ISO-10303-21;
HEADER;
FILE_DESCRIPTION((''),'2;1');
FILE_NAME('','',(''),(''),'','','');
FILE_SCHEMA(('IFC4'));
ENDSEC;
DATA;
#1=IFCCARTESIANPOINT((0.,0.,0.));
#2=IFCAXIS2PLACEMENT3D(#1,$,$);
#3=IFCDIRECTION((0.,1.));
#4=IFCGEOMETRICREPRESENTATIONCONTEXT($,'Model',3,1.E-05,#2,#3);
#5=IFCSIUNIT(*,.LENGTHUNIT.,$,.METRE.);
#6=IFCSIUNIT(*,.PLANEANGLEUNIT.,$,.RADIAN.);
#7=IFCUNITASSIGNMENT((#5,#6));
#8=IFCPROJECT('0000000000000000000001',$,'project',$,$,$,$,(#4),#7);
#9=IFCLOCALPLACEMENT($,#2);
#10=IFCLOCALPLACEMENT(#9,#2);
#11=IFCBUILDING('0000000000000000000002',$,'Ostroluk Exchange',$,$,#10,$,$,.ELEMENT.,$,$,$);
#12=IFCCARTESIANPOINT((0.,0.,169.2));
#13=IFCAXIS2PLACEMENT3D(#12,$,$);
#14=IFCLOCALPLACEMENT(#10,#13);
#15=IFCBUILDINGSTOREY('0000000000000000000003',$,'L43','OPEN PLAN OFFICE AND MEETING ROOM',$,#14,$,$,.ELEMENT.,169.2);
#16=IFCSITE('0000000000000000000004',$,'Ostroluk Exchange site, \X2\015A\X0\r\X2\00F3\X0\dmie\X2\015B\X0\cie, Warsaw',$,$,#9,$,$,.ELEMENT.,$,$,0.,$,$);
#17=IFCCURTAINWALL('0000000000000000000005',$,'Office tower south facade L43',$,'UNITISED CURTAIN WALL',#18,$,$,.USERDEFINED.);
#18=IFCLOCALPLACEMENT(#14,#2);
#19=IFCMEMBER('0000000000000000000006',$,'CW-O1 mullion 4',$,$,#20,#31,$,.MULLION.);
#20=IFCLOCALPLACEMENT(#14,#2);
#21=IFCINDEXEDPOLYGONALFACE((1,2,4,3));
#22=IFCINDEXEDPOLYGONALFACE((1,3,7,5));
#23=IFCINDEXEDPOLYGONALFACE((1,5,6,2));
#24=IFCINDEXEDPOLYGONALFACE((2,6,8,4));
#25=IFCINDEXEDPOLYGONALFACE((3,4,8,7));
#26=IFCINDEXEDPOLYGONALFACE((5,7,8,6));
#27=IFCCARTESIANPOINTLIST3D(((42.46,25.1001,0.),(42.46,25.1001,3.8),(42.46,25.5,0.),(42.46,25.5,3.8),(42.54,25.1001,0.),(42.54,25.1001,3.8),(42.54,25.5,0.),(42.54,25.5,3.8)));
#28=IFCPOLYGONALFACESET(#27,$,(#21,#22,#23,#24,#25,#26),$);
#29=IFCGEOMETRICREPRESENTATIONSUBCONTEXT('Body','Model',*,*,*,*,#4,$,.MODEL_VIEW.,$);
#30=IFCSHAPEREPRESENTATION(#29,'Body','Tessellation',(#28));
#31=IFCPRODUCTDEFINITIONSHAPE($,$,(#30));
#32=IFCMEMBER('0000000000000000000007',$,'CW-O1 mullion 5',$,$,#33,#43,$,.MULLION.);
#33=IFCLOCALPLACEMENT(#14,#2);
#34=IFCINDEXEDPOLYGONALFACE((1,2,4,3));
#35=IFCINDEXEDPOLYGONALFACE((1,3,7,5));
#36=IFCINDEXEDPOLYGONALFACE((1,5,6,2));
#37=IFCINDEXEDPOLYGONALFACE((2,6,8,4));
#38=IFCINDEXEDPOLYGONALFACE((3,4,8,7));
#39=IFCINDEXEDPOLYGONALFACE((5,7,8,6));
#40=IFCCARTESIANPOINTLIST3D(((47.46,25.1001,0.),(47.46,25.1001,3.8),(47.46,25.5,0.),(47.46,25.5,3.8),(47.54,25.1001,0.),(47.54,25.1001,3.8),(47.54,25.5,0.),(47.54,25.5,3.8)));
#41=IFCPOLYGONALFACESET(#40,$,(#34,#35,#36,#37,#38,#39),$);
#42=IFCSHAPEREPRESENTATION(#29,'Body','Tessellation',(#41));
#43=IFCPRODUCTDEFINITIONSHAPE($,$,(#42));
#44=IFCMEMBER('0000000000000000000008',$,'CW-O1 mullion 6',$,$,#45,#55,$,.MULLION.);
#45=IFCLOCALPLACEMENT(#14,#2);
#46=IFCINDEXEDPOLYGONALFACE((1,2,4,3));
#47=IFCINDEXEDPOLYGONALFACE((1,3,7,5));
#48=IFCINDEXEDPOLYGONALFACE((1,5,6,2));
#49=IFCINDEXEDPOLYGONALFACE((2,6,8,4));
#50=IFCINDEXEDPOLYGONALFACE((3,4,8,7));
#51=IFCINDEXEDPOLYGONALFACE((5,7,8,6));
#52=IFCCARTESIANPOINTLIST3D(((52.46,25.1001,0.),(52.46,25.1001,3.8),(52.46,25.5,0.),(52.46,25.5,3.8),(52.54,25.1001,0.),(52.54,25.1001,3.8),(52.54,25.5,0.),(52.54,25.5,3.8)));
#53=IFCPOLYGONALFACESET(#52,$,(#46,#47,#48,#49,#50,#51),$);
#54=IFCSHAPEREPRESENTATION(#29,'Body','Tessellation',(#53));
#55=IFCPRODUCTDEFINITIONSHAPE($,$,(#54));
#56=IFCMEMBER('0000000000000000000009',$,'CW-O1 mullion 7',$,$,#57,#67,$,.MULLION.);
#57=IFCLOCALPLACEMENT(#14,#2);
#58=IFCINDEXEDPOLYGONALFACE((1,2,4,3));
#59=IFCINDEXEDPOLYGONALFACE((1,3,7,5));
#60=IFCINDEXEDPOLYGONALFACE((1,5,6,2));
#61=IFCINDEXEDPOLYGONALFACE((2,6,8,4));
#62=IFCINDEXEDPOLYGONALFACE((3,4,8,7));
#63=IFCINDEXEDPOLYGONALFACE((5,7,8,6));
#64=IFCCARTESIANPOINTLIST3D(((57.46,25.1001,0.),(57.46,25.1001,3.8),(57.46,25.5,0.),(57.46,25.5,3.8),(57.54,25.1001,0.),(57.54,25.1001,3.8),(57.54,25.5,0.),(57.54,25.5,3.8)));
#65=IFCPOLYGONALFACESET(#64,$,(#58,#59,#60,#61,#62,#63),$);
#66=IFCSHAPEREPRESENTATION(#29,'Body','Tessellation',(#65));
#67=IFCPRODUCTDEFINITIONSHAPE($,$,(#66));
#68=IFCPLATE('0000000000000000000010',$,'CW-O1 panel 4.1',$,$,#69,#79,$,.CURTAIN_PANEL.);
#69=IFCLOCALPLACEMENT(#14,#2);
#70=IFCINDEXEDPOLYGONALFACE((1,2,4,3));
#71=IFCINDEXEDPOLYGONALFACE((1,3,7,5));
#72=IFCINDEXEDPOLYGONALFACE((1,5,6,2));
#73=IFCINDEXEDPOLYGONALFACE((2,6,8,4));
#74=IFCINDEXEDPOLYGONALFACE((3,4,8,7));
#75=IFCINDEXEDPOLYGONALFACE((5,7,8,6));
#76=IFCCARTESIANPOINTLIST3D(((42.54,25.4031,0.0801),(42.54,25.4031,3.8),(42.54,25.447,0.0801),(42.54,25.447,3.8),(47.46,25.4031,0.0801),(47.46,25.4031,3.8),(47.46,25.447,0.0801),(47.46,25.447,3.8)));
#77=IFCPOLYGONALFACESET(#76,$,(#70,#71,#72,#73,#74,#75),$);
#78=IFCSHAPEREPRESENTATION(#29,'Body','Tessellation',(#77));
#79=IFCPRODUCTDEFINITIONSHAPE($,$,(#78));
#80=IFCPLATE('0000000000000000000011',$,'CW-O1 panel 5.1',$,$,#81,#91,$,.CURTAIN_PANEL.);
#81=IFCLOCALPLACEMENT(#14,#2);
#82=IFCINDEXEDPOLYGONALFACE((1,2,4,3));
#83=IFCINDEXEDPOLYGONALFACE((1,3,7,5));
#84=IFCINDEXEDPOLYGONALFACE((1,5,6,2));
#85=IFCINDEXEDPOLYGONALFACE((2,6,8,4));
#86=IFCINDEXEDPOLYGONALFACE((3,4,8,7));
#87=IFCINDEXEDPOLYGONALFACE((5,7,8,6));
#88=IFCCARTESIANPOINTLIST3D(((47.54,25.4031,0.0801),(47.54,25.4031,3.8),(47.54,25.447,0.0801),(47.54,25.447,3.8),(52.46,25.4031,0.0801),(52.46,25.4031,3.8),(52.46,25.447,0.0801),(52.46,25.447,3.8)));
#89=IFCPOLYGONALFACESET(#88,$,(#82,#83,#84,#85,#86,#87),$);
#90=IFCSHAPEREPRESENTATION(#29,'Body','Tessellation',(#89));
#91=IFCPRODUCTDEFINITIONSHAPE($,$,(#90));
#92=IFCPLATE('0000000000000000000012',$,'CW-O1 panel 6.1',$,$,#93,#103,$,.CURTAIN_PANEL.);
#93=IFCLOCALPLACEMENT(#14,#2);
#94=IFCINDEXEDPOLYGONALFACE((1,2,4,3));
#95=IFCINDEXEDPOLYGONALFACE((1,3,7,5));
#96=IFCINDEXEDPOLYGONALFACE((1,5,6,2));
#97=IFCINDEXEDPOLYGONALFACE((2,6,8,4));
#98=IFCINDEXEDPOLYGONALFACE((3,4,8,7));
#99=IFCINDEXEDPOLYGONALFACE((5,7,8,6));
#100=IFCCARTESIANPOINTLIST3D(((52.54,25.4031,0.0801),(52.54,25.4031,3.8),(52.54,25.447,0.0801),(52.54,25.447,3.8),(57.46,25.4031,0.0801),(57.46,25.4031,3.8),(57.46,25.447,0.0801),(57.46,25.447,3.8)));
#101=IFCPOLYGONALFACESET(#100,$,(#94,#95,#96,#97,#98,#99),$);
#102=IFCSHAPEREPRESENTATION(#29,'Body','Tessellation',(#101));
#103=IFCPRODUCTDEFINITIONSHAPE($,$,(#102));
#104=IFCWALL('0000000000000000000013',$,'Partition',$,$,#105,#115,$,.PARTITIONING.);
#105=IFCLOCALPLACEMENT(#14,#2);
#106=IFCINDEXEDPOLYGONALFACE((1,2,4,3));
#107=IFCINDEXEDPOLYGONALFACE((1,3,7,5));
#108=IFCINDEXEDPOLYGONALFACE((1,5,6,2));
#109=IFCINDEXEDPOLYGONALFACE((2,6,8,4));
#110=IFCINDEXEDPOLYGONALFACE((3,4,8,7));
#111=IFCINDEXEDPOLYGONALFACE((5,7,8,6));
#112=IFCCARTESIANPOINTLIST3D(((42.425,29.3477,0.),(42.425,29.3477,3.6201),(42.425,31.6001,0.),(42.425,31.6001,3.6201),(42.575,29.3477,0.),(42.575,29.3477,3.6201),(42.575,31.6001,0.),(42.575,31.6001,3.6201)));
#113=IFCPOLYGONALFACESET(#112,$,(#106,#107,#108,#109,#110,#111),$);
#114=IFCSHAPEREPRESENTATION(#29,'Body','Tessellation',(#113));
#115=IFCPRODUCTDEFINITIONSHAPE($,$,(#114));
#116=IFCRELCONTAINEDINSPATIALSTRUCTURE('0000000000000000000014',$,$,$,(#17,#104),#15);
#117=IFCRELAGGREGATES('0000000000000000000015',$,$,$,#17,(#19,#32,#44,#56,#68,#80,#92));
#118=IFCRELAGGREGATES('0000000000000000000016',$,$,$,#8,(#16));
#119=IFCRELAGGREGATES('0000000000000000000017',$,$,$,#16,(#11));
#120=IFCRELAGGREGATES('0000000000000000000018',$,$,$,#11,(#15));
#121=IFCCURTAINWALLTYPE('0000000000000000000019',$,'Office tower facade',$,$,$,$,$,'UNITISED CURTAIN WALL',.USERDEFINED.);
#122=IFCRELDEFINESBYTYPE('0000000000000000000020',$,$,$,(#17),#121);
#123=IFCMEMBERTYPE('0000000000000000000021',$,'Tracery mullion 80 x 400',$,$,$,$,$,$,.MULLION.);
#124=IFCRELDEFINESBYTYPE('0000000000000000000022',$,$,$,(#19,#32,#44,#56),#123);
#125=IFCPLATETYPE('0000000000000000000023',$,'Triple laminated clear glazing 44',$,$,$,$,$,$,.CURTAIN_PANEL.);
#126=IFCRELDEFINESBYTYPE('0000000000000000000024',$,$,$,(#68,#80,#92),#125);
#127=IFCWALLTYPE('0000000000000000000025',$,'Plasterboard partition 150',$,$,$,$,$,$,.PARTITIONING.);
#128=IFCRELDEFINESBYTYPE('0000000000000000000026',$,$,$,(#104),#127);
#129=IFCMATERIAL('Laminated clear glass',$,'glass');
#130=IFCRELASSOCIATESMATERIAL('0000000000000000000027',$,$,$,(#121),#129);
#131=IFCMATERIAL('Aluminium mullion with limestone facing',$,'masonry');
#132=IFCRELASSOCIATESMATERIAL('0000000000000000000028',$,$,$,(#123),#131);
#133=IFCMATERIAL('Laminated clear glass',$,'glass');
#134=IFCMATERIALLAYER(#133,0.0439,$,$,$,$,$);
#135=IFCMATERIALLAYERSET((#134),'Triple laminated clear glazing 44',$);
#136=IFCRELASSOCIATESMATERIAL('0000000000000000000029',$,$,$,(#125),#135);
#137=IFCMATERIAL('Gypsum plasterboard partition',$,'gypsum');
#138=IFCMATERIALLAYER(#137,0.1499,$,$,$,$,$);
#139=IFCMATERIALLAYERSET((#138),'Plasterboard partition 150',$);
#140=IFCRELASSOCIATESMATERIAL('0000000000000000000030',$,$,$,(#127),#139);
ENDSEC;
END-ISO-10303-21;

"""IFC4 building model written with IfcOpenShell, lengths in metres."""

from ifc_helpers import new_model, si_unit, direction, frame, frame_2d, origin, origin_2d, place, context, subcontext, project, spatial, rectangle, extrude, material, layer, layer_set, material_profile, profile_set, type_object, element, aggregate, save


model = new_model("IFC4")

# Units and contexts
model_context = context("Model", 3, precision=1e-05, world=origin(), true_north=direction((0.0, 1.0)))
body_context = subcontext(model_context, "Body", "Model", "MODEL_VIEW")
ifc_project = project(units=[si_unit("LENGTHUNIT", "METRE"), si_unit("PLANEANGLEUNIT", "RADIAN")], contexts=[model_context])

# Site, building, storey
site_placement = place(None, origin())
site = spatial("IfcSite", under=ifc_project, at=site_placement, Name="Ostroluk Exchange site, Śródmieście, Warsaw", CompositionType="ELEMENT", RefElevation=0.0)
building_placement = place(site_placement, origin())
building = spatial("IfcBuilding", under=site, at=building_placement, Name="Ostroluk Exchange", CompositionType="ELEMENT")
storey_placement = place(building_placement, frame((0.0, 0.0, 169.2)))
storey = spatial("IfcBuildingStorey", under=building, at=storey_placement, Name="L43", Description="OPEN PLAN OFFICE AND MEETING ROOM", CompositionType="ELEMENT", Elevation=169.2)

# Curtain wall, members, plates
ifc_material_1 = material(Name="Laminated clear glass", Category="glass")
curtain_wall_type = type_object("IfcCurtainWallType", Name="Office tower facade", ElementType="UNITISED CURTAIN WALL", PredefinedType="USERDEFINED", material=ifc_material_1)
curtain_wall_placement = place(storey_placement, origin())
curtain_wall = element("IfcCurtainWall", 1, at=curtain_wall_placement, inside=storey, type_object=curtain_wall_type, Name="Office tower south facade L43", ObjectType="UNITISED CURTAIN WALL", PredefinedType="USERDEFINED")
ifc_material_2 = material(Name="Aluminium mullion with limestone facing", Category="masonry")
ifc_material_profile_1 = material_profile(ifc_material_2, rectangle(XDim=0.3999, YDim=0.0801, at=origin_2d()), Name="Tracery mullion 80 x 400")
ifc_profile_set_1 = profile_set([ifc_material_profile_1], Name="Aluminium mullion with limestone facing")
member_type_1 = type_object("IfcMemberType", Name="Tracery mullion 80 x 400", PredefinedType="MULLION", material=ifc_profile_set_1)
member_1_placement = place(storey_placement, frame((42.5, 25.3, 0.0), z_axis=(0.0, 0.0, 1.0), x_axis=(0.0, 1.0, 0.0)))
member_1 = element("IfcMember", 2, at=member_1_placement, type_object=member_type_1, Name="CW-O1 mullion 4", PredefinedType="MULLION", context=body_context, shape_type="SweptSolid", body=[
    extrude(rectangle(XDim=0.3999, YDim=0.0801, at=origin_2d()), origin(), (0.0, 0.0, 1.0), 3.8),
])
member_2_placement = place(storey_placement, frame((47.5, 25.3, 0.0), z_axis=(0.0, 0.0, 1.0), x_axis=(0.0, 1.0, 0.0)))
member_2 = element("IfcMember", 3, at=member_2_placement, type_object=member_type_1, Name="CW-O1 mullion 5", PredefinedType="MULLION", context=body_context, shape_type="SweptSolid", body=[
    extrude(rectangle(XDim=0.3999, YDim=0.0801, at=origin_2d()), origin(), (0.0, 0.0, 1.0), 3.8),
])
member_3_placement = place(storey_placement, frame((52.5, 25.3, 0.0), z_axis=(0.0, 0.0, 1.0), x_axis=(0.0, 1.0, 0.0)))
member_3 = element("IfcMember", 4, at=member_3_placement, type_object=member_type_1, Name="CW-O1 mullion 6", PredefinedType="MULLION", context=body_context, shape_type="SweptSolid", body=[
    extrude(rectangle(XDim=0.3999, YDim=0.0801, at=origin_2d()), origin(), (0.0, 0.0, 1.0), 3.8),
])
member_4_placement = place(storey_placement, frame((57.5, 25.3, 0.0), z_axis=(0.0, 0.0, 1.0), x_axis=(0.0, 1.0, 0.0)))
member_4 = element("IfcMember", 5, at=member_4_placement, type_object=member_type_1, Name="CW-O1 mullion 7", PredefinedType="MULLION", context=body_context, shape_type="SweptSolid", body=[
    extrude(rectangle(XDim=0.3999, YDim=0.0801, at=origin_2d()), origin(), (0.0, 0.0, 1.0), 3.8),
])
ifc_material_3 = material(Name="Laminated clear glass", Category="glass")
ifc_layer_1 = layer(ifc_material_3, 0.0439)
ifc_layer_set_1 = layer_set([ifc_layer_1], Name="Triple laminated clear glazing 44")
plate_type = type_object("IfcPlateType", Name="Triple laminated clear glazing 44", PredefinedType="CURTAIN_PANEL", material=ifc_layer_set_1)
plate_1_placement = place(storey_placement, frame((45.0, 25.425, 0.0801), z_axis=(0.0, 0.0, 1.0), x_axis=(1.0, 0.0, 0.0)))
plate_1 = element("IfcPlate", 6, at=plate_1_placement, type_object=plate_type, Name="CW-O1 panel 4.1", PredefinedType="CURTAIN_PANEL", context=body_context, shape_type="SweptSolid", body=[
    extrude(rectangle(XDim=4.9199, YDim=0.0439, at=origin_2d()), origin(), (0.0, 0.0, 1.0), 3.72),
])
plate_2_placement = place(storey_placement, frame((50.0, 25.425, 0.0801), z_axis=(0.0, 0.0, 1.0), x_axis=(1.0, 0.0, 0.0)))
plate_2 = element("IfcPlate", 7, at=plate_2_placement, type_object=plate_type, Name="CW-O1 panel 5.1", PredefinedType="CURTAIN_PANEL", context=body_context, shape_type="SweptSolid", body=[
    extrude(rectangle(XDim=4.9199, YDim=0.0439, at=origin_2d()), origin(), (0.0, 0.0, 1.0), 3.72),
])
plate_3_placement = place(storey_placement, frame((55.0, 25.425, 0.0801), z_axis=(0.0, 0.0, 1.0), x_axis=(1.0, 0.0, 0.0)))
plate_3 = element("IfcPlate", 8, at=plate_3_placement, type_object=plate_type, Name="CW-O1 panel 6.1", PredefinedType="CURTAIN_PANEL", context=body_context, shape_type="SweptSolid", body=[
    extrude(rectangle(XDim=4.9199, YDim=0.0439, at=origin_2d()), origin(), (0.0, 0.0, 1.0), 3.72),
])
aggregate(curtain_wall, [member_1, member_2, member_3, member_4, plate_1, plate_2, plate_3])

# Wall
ifc_material_4 = material(Name="Gypsum plasterboard partition", Category="gypsum")
ifc_layer_2 = layer(ifc_material_4, 0.1499)
ifc_layer_set_2 = layer_set([ifc_layer_2], Name="Plasterboard partition 150")
wall_type = type_object("IfcWallType", Name="Plasterboard partition 150", PredefinedType="PARTITIONING", material=ifc_layer_set_2)
wall_placement = place(storey_placement, frame((42.5, 31.6001, 0.0), z_axis=(0.0, 0.0, 1.0), x_axis=(0.0, -1.0, 0.0)))
element("IfcWall", 9, at=wall_placement, inside=storey, type_object=wall_type, Name="Partition", PredefinedType="PARTITIONING", context=body_context, shape_type="SweptSolid", body=[
    extrude(rectangle(XDim=2.2524, YDim=0.1499, at=frame_2d((1.1262, 0.0))), origin(), (0.0, 0.0, 1.0), 3.6201),
])

save(model, "model.ifc")
